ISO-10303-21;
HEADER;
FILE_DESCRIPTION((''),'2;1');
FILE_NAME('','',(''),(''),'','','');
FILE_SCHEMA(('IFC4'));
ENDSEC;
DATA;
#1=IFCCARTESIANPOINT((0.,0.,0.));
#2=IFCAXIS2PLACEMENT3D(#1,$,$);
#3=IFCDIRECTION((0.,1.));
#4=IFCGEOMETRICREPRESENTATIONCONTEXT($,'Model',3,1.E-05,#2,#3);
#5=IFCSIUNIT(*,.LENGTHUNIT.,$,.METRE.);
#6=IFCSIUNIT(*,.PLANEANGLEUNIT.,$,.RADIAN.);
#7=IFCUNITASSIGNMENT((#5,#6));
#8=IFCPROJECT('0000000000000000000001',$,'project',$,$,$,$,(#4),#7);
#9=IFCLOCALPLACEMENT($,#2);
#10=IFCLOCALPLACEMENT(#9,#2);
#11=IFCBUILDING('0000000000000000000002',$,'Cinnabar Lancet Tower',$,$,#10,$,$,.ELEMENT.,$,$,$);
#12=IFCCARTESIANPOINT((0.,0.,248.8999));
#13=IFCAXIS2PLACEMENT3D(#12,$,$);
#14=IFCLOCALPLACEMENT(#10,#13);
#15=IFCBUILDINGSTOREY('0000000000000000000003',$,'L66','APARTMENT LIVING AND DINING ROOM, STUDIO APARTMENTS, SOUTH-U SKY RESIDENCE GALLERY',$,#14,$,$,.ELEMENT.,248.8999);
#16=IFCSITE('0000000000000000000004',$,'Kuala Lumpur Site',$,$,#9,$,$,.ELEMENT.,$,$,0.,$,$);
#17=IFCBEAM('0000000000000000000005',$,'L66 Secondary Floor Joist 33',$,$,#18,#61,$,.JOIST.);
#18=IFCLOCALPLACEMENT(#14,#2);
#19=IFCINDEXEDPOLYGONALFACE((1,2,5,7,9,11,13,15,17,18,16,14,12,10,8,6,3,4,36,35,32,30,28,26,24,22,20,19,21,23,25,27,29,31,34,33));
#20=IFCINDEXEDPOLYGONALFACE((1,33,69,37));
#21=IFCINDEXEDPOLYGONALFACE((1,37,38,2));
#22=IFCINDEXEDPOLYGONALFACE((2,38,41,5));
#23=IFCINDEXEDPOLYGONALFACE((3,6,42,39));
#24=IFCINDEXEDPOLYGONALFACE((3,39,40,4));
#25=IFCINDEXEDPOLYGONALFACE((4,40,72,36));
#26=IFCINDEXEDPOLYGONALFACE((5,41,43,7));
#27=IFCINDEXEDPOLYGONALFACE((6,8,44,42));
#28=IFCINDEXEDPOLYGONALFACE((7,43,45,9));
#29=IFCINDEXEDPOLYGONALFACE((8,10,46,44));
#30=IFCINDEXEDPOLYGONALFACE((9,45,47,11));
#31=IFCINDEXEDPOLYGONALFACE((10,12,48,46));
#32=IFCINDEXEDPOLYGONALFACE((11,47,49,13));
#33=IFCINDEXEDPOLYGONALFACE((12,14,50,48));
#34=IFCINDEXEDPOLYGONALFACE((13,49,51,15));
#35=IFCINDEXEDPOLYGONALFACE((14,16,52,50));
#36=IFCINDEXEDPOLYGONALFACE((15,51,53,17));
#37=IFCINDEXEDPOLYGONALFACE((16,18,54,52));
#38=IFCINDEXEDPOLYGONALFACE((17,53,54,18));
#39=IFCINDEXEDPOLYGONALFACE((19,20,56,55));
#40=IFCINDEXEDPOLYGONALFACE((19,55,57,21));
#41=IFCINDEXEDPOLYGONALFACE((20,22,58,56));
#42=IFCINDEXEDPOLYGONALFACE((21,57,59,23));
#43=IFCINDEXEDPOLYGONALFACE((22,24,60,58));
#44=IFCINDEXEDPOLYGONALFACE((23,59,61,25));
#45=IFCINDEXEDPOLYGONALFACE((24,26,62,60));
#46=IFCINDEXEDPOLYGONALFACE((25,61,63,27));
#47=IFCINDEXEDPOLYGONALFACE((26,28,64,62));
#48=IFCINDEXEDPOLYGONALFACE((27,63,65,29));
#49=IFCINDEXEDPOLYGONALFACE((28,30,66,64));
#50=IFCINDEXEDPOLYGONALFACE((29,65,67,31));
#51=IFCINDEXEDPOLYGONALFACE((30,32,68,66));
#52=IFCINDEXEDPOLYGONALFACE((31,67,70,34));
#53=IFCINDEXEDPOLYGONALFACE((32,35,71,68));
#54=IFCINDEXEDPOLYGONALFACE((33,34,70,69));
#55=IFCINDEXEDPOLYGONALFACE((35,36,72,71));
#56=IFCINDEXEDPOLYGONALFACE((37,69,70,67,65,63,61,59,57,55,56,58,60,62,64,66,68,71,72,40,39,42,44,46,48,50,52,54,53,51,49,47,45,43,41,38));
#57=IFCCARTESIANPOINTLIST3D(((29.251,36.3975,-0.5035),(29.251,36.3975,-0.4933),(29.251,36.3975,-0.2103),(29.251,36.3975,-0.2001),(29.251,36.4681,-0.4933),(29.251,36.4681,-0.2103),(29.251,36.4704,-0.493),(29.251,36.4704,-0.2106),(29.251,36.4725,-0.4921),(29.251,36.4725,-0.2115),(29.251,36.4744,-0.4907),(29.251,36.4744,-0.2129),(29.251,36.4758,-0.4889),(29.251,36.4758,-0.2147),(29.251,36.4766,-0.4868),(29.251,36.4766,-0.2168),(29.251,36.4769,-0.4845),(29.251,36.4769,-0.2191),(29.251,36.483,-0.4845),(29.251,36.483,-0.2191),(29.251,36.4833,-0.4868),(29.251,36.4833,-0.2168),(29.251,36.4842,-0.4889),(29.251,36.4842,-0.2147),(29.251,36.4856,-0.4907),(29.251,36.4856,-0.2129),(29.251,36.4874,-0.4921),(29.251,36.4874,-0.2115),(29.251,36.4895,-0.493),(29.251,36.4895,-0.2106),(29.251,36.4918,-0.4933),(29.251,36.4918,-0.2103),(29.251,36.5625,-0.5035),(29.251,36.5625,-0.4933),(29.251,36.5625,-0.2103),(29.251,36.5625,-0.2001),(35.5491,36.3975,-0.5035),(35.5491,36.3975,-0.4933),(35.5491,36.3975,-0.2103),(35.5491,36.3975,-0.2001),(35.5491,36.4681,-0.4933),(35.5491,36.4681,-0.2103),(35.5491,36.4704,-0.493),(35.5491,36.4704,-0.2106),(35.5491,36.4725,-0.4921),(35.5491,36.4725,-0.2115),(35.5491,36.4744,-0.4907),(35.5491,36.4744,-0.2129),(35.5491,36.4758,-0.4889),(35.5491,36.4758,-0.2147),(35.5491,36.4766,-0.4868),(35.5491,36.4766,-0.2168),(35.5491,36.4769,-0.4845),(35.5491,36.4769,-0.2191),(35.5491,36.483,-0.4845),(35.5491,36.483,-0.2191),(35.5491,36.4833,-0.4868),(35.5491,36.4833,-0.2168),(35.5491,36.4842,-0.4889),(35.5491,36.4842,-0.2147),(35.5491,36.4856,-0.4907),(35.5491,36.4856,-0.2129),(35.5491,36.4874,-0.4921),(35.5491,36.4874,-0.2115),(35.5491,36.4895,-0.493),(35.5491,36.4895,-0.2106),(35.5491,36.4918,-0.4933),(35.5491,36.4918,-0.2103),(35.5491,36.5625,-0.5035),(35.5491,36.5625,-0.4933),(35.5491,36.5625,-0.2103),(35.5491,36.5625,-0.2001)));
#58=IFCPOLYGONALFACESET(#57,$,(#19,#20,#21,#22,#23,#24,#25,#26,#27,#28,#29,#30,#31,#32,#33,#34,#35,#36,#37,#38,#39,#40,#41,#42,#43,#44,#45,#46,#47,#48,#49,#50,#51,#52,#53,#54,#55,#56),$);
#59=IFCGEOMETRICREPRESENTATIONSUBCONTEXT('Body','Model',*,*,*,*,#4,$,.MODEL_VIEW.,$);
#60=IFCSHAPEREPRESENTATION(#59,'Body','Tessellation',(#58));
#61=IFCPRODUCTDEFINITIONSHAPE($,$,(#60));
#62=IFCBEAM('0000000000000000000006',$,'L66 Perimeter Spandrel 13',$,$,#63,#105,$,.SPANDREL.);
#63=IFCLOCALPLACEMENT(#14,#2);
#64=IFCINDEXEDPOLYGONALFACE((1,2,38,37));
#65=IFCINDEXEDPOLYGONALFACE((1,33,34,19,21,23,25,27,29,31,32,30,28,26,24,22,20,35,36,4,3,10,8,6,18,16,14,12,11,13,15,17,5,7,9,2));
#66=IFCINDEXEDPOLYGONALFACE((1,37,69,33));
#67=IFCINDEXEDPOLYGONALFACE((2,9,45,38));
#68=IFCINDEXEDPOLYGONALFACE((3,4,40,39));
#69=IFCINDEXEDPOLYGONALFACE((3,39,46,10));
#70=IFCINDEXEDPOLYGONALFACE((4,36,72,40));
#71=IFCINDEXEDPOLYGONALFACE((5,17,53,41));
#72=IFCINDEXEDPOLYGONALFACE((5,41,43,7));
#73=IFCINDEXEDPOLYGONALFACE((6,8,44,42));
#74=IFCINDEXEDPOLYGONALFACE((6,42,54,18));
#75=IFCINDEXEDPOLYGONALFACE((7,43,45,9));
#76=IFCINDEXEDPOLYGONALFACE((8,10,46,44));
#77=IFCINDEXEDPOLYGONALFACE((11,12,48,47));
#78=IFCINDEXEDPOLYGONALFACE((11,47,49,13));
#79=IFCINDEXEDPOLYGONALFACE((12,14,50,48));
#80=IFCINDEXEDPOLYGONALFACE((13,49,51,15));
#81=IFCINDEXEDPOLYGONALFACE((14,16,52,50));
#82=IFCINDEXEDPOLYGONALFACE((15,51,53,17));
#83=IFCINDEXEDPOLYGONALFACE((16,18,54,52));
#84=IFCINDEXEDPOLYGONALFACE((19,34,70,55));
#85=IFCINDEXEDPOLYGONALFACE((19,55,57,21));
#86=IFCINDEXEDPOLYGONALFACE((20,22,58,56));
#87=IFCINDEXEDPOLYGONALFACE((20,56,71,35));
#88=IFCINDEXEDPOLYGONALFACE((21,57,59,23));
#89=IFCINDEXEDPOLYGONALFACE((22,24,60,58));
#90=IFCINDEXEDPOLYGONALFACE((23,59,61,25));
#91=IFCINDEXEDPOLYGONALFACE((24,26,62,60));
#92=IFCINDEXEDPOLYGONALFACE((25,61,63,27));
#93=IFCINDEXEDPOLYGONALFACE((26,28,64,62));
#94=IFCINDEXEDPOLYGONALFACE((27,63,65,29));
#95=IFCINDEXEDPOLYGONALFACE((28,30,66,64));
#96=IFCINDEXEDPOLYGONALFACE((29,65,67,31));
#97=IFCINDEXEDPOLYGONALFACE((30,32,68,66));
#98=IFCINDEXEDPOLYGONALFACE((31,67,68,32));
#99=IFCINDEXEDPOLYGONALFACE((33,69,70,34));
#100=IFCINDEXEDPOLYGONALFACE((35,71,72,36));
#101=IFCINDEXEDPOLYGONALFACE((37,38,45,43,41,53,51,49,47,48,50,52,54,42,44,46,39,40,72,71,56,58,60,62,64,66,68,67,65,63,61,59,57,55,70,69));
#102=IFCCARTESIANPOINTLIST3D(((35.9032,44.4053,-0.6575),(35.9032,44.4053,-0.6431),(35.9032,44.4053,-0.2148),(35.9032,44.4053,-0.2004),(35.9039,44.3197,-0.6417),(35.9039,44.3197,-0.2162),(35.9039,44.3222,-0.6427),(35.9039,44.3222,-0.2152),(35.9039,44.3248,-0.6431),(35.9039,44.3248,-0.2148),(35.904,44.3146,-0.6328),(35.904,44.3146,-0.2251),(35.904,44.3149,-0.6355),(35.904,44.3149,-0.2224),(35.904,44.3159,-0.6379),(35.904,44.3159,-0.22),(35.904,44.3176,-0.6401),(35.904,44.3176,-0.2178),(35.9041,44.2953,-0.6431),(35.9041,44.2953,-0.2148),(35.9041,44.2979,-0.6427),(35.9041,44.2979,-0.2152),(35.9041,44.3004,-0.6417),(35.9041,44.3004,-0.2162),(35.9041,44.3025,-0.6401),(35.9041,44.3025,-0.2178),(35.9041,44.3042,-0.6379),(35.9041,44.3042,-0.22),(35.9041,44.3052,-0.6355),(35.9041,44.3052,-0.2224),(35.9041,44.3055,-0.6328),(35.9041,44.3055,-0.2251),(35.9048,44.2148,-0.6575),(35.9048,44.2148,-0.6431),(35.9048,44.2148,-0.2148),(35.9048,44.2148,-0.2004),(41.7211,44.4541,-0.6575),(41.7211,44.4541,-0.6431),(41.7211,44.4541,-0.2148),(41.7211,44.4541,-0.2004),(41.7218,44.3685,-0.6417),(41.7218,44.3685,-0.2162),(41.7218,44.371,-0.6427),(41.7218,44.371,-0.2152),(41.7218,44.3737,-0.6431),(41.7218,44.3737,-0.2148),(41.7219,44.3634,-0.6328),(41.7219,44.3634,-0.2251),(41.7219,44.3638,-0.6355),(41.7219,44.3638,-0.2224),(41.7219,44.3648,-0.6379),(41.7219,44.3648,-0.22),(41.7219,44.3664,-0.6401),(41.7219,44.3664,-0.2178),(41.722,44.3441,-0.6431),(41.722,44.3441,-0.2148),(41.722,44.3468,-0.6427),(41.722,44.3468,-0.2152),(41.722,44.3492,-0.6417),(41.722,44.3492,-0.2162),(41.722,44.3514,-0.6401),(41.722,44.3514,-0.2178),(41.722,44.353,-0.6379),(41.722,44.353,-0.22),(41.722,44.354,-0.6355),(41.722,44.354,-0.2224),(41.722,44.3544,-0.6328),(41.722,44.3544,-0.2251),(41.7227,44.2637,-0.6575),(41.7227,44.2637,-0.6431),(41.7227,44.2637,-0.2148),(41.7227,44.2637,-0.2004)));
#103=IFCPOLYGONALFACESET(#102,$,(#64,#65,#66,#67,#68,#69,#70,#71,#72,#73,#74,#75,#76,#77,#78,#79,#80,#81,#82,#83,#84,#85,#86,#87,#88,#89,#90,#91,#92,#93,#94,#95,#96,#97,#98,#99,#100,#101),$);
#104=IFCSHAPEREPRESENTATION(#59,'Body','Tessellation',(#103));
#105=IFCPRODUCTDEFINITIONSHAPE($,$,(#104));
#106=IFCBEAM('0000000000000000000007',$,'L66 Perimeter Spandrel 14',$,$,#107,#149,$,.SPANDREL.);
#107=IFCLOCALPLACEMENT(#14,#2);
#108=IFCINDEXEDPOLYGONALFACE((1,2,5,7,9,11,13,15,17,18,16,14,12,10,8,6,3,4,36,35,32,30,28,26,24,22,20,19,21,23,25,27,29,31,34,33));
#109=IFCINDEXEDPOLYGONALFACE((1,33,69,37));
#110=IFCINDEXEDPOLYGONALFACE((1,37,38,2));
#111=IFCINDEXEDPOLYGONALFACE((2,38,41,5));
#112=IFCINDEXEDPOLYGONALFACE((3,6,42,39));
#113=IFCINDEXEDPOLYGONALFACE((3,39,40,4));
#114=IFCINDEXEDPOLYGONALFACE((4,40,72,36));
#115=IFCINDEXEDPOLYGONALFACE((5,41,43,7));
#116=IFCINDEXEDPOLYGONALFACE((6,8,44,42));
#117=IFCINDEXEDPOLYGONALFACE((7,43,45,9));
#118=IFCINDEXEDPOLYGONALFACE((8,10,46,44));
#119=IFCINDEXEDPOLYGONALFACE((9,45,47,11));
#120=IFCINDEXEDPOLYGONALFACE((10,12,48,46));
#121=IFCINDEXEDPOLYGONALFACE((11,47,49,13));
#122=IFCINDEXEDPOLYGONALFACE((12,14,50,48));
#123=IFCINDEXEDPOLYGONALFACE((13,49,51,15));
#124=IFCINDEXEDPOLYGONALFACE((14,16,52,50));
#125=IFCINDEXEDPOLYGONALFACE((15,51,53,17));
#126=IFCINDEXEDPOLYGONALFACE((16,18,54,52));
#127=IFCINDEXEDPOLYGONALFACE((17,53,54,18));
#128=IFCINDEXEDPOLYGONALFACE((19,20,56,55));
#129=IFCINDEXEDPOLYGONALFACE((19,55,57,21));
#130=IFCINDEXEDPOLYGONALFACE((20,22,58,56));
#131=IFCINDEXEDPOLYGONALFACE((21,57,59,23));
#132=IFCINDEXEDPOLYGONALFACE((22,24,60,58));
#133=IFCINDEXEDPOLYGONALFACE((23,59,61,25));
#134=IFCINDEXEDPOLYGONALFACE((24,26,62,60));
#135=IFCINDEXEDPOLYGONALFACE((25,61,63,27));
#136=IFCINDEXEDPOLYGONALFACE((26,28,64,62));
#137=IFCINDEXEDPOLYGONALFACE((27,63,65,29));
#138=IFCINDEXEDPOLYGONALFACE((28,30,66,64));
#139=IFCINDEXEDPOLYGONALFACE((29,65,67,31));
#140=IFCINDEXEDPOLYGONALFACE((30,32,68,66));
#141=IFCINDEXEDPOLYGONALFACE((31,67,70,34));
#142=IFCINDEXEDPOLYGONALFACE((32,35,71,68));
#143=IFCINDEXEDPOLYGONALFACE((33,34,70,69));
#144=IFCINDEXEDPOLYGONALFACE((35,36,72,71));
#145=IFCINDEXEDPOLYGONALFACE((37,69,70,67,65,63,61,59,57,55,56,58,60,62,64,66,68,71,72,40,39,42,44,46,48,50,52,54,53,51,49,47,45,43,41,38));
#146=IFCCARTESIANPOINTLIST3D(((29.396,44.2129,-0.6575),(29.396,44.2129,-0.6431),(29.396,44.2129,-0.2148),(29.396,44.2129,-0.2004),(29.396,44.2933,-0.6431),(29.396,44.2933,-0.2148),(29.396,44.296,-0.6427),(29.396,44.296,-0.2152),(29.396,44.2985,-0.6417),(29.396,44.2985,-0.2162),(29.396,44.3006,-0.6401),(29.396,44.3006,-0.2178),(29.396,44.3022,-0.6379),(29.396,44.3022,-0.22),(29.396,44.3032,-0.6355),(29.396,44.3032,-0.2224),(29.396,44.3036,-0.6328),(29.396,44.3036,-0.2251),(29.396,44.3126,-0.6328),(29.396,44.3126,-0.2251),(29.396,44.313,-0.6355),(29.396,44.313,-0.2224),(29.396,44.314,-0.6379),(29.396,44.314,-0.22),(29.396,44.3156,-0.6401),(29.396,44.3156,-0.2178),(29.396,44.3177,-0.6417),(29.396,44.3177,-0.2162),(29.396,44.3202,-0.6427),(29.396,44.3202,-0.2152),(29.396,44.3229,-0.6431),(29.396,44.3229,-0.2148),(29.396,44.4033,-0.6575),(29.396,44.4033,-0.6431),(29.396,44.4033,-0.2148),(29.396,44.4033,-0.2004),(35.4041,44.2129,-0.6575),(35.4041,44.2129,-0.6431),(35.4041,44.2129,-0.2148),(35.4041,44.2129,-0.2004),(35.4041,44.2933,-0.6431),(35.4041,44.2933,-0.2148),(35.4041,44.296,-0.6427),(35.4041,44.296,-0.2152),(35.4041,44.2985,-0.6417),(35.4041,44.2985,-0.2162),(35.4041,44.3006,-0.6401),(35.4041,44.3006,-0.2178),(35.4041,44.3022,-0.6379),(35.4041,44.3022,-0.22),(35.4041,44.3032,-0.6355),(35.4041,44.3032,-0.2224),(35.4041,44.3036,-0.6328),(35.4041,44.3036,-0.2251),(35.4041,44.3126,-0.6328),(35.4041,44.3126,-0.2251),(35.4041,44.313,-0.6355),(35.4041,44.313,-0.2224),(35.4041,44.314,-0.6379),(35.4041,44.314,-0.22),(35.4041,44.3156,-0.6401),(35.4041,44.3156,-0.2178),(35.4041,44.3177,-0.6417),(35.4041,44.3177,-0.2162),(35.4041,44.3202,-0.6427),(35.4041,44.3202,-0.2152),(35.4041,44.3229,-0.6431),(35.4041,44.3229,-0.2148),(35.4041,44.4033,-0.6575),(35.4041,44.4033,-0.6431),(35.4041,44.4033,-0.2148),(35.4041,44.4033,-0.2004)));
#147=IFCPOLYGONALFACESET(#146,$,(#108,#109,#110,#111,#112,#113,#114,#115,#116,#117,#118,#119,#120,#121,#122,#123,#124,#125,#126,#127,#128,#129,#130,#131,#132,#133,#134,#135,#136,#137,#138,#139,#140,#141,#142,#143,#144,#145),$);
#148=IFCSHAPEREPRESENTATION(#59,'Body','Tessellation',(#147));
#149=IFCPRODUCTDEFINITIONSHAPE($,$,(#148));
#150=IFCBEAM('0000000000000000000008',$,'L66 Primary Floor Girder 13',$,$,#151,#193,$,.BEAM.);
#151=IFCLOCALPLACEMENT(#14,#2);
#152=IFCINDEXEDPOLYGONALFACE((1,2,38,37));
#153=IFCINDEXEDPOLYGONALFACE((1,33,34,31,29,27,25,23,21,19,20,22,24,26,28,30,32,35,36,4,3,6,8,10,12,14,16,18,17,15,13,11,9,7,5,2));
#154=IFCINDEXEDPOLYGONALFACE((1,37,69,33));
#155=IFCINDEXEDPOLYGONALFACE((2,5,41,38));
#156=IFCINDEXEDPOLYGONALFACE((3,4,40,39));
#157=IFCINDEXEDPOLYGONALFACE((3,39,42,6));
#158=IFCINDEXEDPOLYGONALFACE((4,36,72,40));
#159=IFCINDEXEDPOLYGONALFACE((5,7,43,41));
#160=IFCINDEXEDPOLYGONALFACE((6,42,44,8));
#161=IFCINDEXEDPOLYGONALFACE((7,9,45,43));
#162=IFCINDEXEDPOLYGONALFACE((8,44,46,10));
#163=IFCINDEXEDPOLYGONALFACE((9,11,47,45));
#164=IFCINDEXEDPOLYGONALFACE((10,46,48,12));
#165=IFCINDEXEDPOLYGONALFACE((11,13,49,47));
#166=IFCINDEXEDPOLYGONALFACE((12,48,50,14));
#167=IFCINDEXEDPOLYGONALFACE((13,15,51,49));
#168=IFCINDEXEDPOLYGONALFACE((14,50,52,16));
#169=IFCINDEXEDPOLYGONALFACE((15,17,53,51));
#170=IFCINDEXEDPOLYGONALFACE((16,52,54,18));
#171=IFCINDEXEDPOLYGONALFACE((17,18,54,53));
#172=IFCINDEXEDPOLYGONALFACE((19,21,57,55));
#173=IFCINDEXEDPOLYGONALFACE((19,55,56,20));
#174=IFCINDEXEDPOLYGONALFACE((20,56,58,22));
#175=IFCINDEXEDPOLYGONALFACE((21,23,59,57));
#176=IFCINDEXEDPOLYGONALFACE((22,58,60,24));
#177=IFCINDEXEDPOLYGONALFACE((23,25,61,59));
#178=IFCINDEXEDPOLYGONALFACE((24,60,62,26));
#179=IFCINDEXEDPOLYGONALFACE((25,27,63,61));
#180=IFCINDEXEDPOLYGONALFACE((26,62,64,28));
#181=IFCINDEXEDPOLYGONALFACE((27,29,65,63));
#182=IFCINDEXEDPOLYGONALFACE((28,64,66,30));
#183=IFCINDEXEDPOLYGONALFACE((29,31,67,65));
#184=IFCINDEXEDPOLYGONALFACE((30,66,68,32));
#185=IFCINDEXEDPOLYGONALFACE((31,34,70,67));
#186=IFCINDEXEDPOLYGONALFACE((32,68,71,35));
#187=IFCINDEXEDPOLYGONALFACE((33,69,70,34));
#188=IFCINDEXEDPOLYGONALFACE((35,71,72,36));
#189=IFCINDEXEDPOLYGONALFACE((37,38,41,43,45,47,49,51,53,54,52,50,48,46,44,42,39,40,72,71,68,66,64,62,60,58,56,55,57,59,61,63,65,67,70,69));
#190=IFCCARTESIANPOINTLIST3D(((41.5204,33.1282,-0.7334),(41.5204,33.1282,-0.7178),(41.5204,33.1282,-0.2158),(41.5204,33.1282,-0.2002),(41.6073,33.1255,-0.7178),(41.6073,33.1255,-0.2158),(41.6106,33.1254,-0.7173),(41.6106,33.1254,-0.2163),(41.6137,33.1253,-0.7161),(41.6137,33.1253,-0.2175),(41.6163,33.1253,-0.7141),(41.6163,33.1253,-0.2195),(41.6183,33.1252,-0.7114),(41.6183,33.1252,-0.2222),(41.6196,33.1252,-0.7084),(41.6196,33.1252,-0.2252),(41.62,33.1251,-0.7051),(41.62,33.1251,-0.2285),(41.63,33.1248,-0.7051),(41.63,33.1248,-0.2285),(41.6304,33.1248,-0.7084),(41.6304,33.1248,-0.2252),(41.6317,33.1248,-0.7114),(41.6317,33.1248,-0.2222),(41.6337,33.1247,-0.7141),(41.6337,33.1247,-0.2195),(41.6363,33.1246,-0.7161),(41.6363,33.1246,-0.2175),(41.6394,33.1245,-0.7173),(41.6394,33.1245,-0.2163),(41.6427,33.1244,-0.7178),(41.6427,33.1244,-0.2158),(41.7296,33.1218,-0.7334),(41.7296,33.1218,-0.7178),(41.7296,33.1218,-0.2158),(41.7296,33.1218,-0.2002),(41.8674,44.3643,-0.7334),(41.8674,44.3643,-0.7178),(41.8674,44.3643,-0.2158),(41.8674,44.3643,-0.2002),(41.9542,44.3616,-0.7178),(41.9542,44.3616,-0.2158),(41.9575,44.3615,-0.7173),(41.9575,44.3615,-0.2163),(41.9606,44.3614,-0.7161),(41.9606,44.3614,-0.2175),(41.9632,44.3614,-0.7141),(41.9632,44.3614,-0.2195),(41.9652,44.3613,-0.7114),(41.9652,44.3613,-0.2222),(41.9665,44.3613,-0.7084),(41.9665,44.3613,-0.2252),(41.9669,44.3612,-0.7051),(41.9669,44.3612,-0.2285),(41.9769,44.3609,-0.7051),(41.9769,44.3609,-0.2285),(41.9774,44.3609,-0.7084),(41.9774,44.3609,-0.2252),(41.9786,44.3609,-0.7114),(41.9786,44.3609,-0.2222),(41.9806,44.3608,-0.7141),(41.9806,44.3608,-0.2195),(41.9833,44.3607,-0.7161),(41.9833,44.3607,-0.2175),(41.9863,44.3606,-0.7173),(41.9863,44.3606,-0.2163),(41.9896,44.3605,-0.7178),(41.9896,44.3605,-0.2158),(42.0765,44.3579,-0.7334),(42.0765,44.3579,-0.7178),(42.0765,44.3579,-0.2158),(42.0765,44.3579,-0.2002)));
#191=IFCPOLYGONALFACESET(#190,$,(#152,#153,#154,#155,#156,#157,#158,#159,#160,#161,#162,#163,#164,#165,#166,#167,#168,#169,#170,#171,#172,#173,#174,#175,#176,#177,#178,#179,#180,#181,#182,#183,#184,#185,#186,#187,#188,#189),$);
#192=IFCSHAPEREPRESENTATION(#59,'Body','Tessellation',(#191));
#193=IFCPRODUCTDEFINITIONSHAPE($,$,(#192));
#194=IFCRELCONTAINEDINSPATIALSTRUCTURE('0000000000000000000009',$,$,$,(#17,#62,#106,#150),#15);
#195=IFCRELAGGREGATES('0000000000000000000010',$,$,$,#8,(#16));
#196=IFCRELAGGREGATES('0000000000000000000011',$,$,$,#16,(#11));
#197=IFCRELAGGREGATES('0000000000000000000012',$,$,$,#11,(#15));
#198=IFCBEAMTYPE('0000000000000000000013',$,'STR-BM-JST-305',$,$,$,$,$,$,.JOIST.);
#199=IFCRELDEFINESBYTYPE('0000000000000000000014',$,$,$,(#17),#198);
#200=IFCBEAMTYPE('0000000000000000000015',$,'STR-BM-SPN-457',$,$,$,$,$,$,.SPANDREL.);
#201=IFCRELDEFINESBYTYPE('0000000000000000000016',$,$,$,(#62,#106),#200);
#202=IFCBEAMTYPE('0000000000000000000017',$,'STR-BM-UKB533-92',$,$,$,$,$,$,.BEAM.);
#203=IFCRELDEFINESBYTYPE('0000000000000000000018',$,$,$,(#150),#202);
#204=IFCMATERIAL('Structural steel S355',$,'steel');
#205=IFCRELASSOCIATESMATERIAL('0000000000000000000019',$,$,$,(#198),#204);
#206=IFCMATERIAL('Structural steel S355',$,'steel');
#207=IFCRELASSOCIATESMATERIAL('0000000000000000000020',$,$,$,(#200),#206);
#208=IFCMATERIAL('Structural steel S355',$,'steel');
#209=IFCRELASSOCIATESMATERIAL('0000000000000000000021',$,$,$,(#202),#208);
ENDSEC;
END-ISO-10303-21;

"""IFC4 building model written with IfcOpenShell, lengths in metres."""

from ifc_helpers import new_model, si_unit, direction, frame, origin, origin_2d, place, context, subcontext, project, spatial, i_section, extrude, material, material_profile, profile_set, type_object, element, save


model = new_model("IFC4")

# Units and contexts
model_context = context("Model", 3, precision=1e-05, world=origin(), true_north=direction((0.0, 1.0)))
body_context = subcontext(model_context, "Body", "Model", "MODEL_VIEW")
ifc_project = project(units=[si_unit("LENGTHUNIT", "METRE"), si_unit("PLANEANGLEUNIT", "RADIAN")], contexts=[model_context])

# Site, building, storey
site_placement = place(None, origin())
site = spatial("IfcSite", under=ifc_project, at=site_placement, Name="Kuala Lumpur Site", CompositionType="ELEMENT", RefElevation=0.0)
building_placement = place(site_placement, origin())
building = spatial("IfcBuilding", under=site, at=building_placement, Name="Cinnabar Lancet Tower", CompositionType="ELEMENT")
storey_placement = place(building_placement, frame((0.0, 0.0, 248.8999)))
storey = spatial("IfcBuildingStorey", under=building, at=storey_placement, Name="L66", Description="APARTMENT LIVING AND DINING ROOM, STUDIO APARTMENTS, SOUTH-U SKY RESIDENCE GALLERY", CompositionType="ELEMENT", Elevation=248.8999)

# Beams
ifc_material_1 = material(Name="Structural steel S355", Category="steel")
ifc_material_profile_1 = material_profile(ifc_material_1, i_section(OverallWidth=0.165, OverallDepth=0.3035, WebThickness=0.0061, FlangeThickness=0.0103, FilletRadius=0.0088, at=origin_2d()), Name="UKB 305x165x40")
ifc_profile_set_1 = profile_set([ifc_material_profile_1], Name="Structural steel S355")
beam_type_1 = type_object("IfcBeamType", Name="STR-BM-JST-305", PredefinedType="JOIST", material=ifc_profile_set_1)
for number, where, z_axis, x_axis, name in (
    (1, (35.5491, 36.48, -0.3518), (-1.0, 0.0, 0.0), (0.0, -1.0, 0.0), "L66 Secondary Floor Joist 33"),
):
    element("IfcBeam", number, at=place(storey_placement, frame(where, z_axis=z_axis, x_axis=x_axis)), inside=storey, type_object=beam_type_1, Name=name, PredefinedType="JOIST", context=body_context, shape_type="SweptSolid", body=[
        extrude(i_section(OverallWidth=0.165, OverallDepth=0.3035, WebThickness=0.0061, FlangeThickness=0.0103, FilletRadius=0.0088, at=origin_2d()), origin(), (0.0, 0.0, 1.0), 6.2981),
    ])
ifc_material_2 = material(Name="Structural steel S355", Category="steel")
ifc_material_profile_2 = material_profile(ifc_material_2, i_section(OverallWidth=0.1904, OverallDepth=0.457, WebThickness=0.009, FlangeThickness=0.0144, FilletRadius=0.0103, at=origin_2d()), Name="UKB 457x191x74")
ifc_profile_set_2 = profile_set([ifc_material_profile_2], Name="Structural steel S355")
beam_type_2 = type_object("IfcBeamType", Name="STR-BM-SPN-457", PredefinedType="SPANDREL", material=ifc_profile_set_2)
beam_1_placement = place(storey_placement, frame((41.7219, 44.3589, -0.429), z_axis=(-0.999965, -0.008392, 0.0), x_axis=(0.008392, -0.999965, 0.0)))
element("IfcBeam", 2, at=beam_1_placement, inside=storey, type_object=beam_type_2, Name="L66 Perimeter Spandrel 13", PredefinedType="SPANDREL", context=body_context, shape_type="SweptSolid", body=[
    extrude(i_section(OverallWidth=0.1904, OverallDepth=0.457, WebThickness=0.009, FlangeThickness=0.0144, FilletRadius=0.0103, at=origin_2d()), origin(), (0.0, 0.0, 1.0), 5.8181),
])
beam_2_placement = place(storey_placement, frame((35.4041, 44.3081, -0.429), z_axis=(-1.0, 0.0, 0.0), x_axis=(0.0, -1.0, 0.0)))
element("IfcBeam", 3, at=beam_2_placement, inside=storey, type_object=beam_type_2, Name="L66 Perimeter Spandrel 14", PredefinedType="SPANDREL", context=body_context, shape_type="SweptSolid", body=[
    extrude(i_section(OverallWidth=0.1904, OverallDepth=0.457, WebThickness=0.009, FlangeThickness=0.0144, FilletRadius=0.0103, at=origin_2d()), origin(), (0.0, 0.0, 1.0), 6.0081),
])
ifc_material_3 = material(Name="Structural steel S355", Category="steel")
ifc_material_profile_3 = material_profile(ifc_material_3, i_section(OverallWidth=0.2092, OverallDepth=0.5332, WebThickness=0.01, FlangeThickness=0.0156, FilletRadius=0.0127, at=origin_2d()), Name="UKB 533x210x92")
ifc_profile_set_3 = profile_set([ifc_material_profile_3], Name="Structural steel S355")
beam_type_3 = type_object("IfcBeamType", Name="STR-BM-UKB533-92", PredefinedType="BEAM", material=ifc_profile_set_3)
beam_3_placement = place(storey_placement, frame((41.9719, 44.3611, -0.4668), z_axis=(-0.030861, -0.999524, 0.0), x_axis=(0.999524, -0.030861, 0.0)))
element("IfcBeam", 4, at=beam_3_placement, inside=storey, type_object=beam_type_3, Name="L66 Primary Floor Girder 13", PredefinedType="BEAM", context=body_context, shape_type="SweptSolid", body=[
    extrude(i_section(OverallWidth=0.2092, OverallDepth=0.5332, WebThickness=0.01, FlangeThickness=0.0156, FilletRadius=0.0127, at=origin_2d()), origin(), (0.0, 0.0, 1.0), 11.2415),
])

save(model, "model.ifc")
